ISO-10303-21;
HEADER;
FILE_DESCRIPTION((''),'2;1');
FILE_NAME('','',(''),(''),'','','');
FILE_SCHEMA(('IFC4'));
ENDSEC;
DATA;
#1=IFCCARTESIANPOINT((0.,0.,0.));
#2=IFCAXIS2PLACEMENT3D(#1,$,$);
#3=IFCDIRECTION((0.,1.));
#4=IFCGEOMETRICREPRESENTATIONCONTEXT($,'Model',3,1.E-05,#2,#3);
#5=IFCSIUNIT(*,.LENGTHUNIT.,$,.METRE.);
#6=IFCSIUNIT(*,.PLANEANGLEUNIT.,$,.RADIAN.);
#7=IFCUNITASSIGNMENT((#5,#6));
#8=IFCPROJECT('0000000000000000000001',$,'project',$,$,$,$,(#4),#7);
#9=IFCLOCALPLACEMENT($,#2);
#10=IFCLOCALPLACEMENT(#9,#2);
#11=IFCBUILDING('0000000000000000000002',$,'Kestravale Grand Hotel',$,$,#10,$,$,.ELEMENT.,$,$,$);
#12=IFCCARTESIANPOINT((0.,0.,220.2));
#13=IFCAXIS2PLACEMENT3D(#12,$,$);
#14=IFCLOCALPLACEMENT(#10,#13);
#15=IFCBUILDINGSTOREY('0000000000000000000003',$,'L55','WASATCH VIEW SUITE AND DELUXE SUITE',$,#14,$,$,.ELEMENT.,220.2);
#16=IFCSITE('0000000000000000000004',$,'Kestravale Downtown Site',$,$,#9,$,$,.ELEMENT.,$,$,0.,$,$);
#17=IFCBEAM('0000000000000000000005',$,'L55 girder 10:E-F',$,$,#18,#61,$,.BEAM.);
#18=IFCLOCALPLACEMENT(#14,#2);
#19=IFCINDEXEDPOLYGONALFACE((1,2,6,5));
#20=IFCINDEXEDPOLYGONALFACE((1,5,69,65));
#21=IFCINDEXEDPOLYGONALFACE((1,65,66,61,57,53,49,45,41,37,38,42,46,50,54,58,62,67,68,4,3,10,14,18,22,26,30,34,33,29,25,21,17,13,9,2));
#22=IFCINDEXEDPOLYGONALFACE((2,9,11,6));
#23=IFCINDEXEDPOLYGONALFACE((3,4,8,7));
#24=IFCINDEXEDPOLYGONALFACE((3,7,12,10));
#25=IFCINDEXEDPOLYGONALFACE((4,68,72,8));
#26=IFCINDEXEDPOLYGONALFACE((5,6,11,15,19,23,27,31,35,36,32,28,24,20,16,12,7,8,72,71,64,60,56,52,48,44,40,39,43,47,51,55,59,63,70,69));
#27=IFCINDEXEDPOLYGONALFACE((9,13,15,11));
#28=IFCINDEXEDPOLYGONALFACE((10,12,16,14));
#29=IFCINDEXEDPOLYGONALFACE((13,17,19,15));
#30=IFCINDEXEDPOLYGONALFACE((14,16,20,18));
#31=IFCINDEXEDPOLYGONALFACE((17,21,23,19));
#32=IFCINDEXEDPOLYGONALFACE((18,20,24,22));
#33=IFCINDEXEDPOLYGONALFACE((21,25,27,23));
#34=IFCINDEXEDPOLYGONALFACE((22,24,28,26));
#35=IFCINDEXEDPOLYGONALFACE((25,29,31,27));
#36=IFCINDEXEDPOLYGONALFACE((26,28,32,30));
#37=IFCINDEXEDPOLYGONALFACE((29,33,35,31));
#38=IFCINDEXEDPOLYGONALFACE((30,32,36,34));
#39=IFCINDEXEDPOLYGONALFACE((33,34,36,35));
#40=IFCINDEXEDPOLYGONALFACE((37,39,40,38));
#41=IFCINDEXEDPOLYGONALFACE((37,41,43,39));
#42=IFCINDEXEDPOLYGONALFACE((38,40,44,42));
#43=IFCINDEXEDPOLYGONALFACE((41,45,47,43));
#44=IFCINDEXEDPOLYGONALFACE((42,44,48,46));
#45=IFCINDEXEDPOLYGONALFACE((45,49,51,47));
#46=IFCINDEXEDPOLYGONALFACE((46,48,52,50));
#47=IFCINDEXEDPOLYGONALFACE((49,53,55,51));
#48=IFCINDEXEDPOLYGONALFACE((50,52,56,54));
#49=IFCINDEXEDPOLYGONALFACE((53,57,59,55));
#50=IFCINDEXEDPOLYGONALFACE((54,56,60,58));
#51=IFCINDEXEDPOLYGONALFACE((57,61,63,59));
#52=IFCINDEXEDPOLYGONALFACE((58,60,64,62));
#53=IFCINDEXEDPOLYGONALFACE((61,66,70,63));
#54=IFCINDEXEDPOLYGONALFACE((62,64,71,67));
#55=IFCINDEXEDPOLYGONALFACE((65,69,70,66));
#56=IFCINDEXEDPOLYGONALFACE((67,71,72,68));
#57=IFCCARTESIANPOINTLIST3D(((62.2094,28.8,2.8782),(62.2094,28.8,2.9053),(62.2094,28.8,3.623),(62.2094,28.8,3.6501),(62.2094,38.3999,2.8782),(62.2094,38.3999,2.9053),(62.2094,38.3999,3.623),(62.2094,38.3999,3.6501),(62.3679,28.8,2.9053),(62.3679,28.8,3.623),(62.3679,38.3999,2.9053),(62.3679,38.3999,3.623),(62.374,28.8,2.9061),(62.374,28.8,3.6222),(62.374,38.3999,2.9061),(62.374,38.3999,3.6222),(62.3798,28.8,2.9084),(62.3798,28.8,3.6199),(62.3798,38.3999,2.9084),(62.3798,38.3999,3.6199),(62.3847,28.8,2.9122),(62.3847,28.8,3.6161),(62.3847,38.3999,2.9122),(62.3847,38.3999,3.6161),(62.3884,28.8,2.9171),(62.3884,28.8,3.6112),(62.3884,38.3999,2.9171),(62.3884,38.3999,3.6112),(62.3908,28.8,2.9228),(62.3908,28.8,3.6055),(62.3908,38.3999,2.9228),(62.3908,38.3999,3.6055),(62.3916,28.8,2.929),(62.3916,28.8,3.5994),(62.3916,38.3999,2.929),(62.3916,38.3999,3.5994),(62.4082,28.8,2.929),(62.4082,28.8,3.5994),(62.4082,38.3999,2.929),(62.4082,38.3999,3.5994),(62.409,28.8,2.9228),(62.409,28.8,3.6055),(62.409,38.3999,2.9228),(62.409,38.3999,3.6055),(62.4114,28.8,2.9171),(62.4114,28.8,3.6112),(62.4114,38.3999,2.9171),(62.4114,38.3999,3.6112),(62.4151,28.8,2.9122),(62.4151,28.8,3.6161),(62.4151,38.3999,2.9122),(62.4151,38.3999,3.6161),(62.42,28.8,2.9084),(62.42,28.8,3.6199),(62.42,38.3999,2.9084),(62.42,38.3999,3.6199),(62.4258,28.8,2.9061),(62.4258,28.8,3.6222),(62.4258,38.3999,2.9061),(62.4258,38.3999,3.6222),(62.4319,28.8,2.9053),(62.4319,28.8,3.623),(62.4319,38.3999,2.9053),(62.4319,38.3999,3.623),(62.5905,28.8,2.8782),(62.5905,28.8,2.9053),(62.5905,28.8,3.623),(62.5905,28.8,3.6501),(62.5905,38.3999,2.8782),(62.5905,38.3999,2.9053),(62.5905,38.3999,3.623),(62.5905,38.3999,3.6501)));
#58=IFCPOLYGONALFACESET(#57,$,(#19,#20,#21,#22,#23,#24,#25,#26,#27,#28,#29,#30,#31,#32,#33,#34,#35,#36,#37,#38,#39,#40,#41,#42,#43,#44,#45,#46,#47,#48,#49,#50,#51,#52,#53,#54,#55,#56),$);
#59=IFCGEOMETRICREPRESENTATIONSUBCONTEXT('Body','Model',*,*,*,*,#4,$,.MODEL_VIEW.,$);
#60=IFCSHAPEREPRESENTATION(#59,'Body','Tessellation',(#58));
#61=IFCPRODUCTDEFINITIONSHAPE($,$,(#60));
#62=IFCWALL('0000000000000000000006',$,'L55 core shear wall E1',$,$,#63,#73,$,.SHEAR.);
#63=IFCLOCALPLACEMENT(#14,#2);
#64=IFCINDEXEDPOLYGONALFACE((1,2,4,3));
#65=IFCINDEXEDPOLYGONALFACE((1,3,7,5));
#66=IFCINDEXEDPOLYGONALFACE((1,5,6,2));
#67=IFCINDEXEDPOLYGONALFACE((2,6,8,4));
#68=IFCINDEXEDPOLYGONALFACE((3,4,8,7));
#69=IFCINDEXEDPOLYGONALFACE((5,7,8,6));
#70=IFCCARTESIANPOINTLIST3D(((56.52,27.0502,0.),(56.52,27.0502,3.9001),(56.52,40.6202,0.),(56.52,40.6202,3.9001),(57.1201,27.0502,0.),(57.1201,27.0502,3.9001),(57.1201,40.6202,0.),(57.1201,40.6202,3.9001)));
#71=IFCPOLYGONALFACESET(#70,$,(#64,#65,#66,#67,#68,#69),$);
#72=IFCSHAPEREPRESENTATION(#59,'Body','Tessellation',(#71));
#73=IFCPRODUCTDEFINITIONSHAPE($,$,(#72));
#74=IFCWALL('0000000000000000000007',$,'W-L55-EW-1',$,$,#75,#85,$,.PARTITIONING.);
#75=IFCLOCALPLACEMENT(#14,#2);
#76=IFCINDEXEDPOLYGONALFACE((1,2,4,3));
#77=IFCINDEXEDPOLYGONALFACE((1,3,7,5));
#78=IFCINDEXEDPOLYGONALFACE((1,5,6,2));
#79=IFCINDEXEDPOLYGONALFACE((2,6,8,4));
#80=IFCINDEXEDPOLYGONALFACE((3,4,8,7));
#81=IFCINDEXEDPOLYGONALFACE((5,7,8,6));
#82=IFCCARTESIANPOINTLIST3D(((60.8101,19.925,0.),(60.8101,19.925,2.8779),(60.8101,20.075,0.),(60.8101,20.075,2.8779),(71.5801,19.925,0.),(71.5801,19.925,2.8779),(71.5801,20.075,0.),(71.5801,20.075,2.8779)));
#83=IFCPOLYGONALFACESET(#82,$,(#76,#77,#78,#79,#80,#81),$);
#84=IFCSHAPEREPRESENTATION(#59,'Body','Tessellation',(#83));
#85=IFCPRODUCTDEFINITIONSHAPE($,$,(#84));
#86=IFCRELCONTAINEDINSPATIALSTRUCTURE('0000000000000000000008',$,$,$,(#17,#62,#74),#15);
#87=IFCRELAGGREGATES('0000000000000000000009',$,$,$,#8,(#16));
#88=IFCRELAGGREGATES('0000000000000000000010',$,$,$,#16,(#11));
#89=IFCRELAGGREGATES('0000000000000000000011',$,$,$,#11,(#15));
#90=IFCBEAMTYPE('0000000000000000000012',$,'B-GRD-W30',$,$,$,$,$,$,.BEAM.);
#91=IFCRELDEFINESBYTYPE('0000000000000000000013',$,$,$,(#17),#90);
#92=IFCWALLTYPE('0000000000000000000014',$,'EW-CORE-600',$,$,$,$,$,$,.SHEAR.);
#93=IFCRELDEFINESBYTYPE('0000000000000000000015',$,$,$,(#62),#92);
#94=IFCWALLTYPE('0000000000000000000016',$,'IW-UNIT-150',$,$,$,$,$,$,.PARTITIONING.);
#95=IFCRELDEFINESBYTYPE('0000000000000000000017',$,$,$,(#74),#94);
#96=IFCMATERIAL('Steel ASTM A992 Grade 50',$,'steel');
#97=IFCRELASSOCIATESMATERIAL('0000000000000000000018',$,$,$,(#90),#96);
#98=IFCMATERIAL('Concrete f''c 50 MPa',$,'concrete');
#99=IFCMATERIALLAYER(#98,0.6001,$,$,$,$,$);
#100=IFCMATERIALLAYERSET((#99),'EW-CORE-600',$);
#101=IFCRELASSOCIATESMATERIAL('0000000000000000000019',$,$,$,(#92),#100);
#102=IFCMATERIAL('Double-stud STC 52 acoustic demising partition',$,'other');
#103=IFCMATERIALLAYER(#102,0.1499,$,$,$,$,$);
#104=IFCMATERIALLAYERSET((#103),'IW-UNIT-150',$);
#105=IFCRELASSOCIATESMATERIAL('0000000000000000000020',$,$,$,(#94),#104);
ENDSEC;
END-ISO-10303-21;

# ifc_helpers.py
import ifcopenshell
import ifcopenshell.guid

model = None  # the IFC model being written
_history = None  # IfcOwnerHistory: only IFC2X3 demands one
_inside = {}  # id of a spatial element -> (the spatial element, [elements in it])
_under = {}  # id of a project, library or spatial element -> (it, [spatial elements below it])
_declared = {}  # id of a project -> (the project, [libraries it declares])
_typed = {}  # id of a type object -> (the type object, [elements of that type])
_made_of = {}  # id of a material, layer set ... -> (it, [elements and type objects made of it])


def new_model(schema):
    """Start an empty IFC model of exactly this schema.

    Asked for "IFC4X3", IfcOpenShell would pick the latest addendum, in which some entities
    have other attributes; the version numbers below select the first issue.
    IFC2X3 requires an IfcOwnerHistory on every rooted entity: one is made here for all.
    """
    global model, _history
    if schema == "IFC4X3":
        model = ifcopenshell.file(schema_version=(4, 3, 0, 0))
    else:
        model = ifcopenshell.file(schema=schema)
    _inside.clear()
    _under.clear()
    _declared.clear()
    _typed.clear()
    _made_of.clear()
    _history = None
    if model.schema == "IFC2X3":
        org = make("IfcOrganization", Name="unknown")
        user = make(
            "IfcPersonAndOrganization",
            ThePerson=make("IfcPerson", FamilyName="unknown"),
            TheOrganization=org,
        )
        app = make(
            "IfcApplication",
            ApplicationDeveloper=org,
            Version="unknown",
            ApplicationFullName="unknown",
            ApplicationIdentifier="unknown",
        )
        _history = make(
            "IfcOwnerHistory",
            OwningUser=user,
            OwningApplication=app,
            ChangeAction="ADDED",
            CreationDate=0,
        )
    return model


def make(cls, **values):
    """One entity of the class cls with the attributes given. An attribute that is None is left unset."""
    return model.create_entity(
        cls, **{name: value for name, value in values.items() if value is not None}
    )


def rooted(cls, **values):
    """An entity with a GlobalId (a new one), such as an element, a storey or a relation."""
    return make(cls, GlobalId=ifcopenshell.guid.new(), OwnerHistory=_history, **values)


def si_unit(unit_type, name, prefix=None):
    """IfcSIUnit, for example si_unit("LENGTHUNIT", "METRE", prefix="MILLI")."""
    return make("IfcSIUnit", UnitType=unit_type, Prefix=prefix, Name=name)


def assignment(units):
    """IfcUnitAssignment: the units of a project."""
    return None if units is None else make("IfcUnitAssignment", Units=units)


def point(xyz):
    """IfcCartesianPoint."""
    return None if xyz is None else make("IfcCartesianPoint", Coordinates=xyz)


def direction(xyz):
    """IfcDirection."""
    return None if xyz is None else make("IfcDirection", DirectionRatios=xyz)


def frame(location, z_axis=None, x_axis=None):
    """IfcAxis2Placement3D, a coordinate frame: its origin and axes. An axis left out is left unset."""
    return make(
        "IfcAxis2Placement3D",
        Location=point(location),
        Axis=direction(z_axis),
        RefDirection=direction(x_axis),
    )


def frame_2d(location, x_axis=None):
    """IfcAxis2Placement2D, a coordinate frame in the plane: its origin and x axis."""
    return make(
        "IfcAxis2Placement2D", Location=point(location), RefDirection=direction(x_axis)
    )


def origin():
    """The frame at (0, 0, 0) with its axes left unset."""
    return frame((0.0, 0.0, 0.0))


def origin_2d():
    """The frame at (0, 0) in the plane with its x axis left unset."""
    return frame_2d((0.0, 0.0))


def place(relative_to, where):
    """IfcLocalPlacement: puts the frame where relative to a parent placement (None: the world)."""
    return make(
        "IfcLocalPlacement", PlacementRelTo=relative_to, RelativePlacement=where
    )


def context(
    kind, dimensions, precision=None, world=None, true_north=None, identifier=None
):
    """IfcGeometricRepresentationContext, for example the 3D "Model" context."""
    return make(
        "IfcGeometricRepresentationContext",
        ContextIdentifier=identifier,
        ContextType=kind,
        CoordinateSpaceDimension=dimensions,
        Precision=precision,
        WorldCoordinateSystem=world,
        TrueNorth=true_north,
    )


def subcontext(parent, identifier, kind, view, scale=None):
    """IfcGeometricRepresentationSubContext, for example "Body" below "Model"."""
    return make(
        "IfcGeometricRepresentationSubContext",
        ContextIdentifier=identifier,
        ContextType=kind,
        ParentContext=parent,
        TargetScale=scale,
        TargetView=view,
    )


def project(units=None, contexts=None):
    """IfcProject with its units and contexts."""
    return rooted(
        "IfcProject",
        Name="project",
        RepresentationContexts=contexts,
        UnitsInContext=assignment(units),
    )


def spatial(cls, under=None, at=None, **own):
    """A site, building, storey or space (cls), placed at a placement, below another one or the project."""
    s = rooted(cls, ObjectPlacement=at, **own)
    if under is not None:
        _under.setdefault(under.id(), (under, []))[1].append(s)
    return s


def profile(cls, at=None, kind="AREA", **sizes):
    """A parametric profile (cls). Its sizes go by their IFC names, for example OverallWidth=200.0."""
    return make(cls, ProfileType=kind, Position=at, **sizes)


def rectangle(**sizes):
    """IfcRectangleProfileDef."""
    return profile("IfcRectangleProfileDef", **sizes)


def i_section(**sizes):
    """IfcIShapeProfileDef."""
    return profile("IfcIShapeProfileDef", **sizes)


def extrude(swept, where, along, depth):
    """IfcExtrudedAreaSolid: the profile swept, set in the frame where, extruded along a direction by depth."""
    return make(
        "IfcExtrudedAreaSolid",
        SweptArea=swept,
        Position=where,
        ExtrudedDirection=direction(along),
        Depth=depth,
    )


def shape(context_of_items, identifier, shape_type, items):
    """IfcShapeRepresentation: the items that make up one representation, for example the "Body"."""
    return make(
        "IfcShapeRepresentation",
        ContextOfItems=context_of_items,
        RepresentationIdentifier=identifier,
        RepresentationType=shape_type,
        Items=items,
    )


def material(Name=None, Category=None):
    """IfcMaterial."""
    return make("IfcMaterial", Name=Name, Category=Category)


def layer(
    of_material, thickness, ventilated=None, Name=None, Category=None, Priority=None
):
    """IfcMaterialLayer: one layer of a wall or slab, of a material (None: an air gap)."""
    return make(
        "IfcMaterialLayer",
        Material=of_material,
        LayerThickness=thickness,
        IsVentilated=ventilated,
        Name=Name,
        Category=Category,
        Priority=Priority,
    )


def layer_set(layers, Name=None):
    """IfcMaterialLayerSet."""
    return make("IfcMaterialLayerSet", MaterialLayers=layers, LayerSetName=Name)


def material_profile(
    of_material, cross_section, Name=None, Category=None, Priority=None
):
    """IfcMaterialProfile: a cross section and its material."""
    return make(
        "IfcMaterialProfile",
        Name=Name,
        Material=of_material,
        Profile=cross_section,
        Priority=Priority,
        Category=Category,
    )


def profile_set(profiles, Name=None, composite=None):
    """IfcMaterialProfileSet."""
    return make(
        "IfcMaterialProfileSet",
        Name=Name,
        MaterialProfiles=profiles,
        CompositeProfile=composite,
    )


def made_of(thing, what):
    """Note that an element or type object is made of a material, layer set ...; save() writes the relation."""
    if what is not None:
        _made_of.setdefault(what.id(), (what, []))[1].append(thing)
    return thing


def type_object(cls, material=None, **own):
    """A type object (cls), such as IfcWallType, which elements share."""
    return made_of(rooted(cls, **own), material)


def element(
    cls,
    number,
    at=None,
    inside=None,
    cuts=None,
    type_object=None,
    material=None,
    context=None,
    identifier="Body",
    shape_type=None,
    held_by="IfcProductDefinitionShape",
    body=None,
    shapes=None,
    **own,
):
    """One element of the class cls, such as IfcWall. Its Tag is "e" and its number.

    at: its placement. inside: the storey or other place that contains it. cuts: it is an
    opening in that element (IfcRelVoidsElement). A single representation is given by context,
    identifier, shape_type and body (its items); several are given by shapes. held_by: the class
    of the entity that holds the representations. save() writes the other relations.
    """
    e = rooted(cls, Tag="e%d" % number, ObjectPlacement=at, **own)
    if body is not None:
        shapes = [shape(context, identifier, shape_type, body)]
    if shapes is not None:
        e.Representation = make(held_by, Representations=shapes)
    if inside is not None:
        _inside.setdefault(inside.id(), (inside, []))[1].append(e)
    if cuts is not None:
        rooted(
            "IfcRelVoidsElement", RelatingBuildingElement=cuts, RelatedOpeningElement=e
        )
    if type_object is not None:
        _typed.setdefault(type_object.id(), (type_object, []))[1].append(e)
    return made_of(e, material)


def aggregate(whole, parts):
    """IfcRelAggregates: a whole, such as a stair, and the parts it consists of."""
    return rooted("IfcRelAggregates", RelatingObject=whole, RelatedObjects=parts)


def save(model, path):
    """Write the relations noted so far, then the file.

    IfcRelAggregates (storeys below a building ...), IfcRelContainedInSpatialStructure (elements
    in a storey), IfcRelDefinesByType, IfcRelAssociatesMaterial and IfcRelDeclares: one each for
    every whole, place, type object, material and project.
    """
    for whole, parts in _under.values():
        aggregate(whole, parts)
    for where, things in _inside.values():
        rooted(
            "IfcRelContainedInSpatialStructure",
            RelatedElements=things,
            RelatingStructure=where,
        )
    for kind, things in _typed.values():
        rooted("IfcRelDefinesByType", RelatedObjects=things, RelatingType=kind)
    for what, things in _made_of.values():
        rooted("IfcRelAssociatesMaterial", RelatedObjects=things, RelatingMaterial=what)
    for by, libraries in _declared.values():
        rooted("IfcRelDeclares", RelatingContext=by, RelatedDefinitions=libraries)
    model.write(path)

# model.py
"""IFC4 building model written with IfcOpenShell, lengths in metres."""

from ifc_helpers import new_model, si_unit, direction, frame, frame_2d, origin, origin_2d, place, context, subcontext, project, spatial, rectangle, i_section, extrude, material, layer, layer_set, material_profile, profile_set, type_object, element, save


model = new_model("IFC4")

# Units and contexts
model_context = context("Model", 3, precision=1e-05, world=origin(), true_north=direction((0.0, 1.0)))
body_context = subcontext(model_context, "Body", "Model", "MODEL_VIEW")
ifc_project = project(units=[si_unit("LENGTHUNIT", "METRE"), si_unit("PLANEANGLEUNIT", "RADIAN")], contexts=[model_context])

# Site, building, storey
site_placement = place(None, origin())
site = spatial("IfcSite", under=ifc_project, at=site_placement, Name="Kestravale Downtown Site", CompositionType="ELEMENT", RefElevation=0.0)
building_placement = place(site_placement, origin())
building = spatial("IfcBuilding", under=site, at=building_placement, Name="Kestravale Grand Hotel", CompositionType="ELEMENT")
storey_placement = place(building_placement, frame((0.0, 0.0, 220.2)))
storey = spatial("IfcBuildingStorey", under=building, at=storey_placement, Name="L55", Description="WASATCH VIEW SUITE AND DELUXE SUITE", CompositionType="ELEMENT", Elevation=220.2)

# Beam
ifc_material_1 = material(Name="Steel ASTM A992 Grade 50", Category="steel")
ifc_material_profile_1 = material_profile(ifc_material_1, i_section(OverallWidth=0.3811, OverallDepth=0.772, WebThickness=0.0166, FlangeThickness=0.0271, FilletRadius=0.0237, at=origin_2d()))
ifc_profile_set_1 = profile_set([ifc_material_profile_1], Name="Steel ASTM A992 Grade 50")
beam_type_1 = type_object("IfcBeamType", Name="B-GRD-W30", PredefinedType="BEAM", material=ifc_profile_set_1)
beam_1_placement = place(storey_placement, frame((62.3999, 28.8, 3.2642), z_axis=(0.0, 1.0, 0.0), x_axis=(-1.0, 0.0, 0.0)))
element("IfcBeam", 1, at=beam_1_placement, inside=storey, type_object=beam_type_1, Name="L55 girder 10:E-F", PredefinedType="BEAM", context=body_context, shape_type="SweptSolid", body=[
    extrude(i_section(OverallWidth=0.3811, OverallDepth=0.772, WebThickness=0.0166, FlangeThickness=0.0271, FilletRadius=0.0237, at=origin_2d()), origin(), (0.0, 0.0, 1.0), 9.5999),
])

# Walls
ifc_material_2 = material(Name="Concrete f'c 50 MPa", Category="concrete")
ifc_layer_1 = layer(ifc_material_2, 0.6001)
ifc_layer_set_1 = layer_set([ifc_layer_1], Name="EW-CORE-600")
wall_type_1 = type_object("IfcWallType", Name="EW-CORE-600", PredefinedType="SHEAR", material=ifc_layer_set_1)
wall_1_placement = place(storey_placement, frame((56.8201, 27.05, 0.0), z_axis=(0.0, 0.0, 1.0), x_axis=(0.0, 1.0, 0.0)))
element("IfcWall", 2, at=wall_1_placement, inside=storey, type_object=wall_type_1, Name="L55 core shear wall E1", PredefinedType="SHEAR", context=body_context, shape_type="SweptSolid", body=[
    extrude(rectangle(XDim=13.5701, YDim=0.6001, at=frame_2d((6.7852, 0.0))), origin(), (0.0, 0.0, 1.0), 3.9001),
])
ifc_material_3 = material(Name="Double-stud STC 52 acoustic demising partition", Category="other")
ifc_layer_2 = layer(ifc_material_3, 0.1499)
ifc_layer_set_2 = layer_set([ifc_layer_2], Name="IW-UNIT-150")
wall_type_2 = type_object("IfcWallType", Name="IW-UNIT-150", PredefinedType="PARTITIONING", material=ifc_layer_set_2)
wall_2_placement = place(storey_placement, frame((60.8101, 20.0, 0.0), z_axis=(0.0, 0.0, 1.0), x_axis=(1.0, 0.0, 0.0)))
element("IfcWall", 3, at=wall_2_placement, inside=storey, type_object=wall_type_2, Name="W-L55-EW-1", PredefinedType="PARTITIONING", context=body_context, shape_type="SweptSolid", body=[
    extrude(rectangle(XDim=10.77, YDim=0.1499, at=frame_2d((5.385, 0.0))), origin(), (0.0, 0.0, 1.0), 2.8779),
])

save(model, "model.ifc")
